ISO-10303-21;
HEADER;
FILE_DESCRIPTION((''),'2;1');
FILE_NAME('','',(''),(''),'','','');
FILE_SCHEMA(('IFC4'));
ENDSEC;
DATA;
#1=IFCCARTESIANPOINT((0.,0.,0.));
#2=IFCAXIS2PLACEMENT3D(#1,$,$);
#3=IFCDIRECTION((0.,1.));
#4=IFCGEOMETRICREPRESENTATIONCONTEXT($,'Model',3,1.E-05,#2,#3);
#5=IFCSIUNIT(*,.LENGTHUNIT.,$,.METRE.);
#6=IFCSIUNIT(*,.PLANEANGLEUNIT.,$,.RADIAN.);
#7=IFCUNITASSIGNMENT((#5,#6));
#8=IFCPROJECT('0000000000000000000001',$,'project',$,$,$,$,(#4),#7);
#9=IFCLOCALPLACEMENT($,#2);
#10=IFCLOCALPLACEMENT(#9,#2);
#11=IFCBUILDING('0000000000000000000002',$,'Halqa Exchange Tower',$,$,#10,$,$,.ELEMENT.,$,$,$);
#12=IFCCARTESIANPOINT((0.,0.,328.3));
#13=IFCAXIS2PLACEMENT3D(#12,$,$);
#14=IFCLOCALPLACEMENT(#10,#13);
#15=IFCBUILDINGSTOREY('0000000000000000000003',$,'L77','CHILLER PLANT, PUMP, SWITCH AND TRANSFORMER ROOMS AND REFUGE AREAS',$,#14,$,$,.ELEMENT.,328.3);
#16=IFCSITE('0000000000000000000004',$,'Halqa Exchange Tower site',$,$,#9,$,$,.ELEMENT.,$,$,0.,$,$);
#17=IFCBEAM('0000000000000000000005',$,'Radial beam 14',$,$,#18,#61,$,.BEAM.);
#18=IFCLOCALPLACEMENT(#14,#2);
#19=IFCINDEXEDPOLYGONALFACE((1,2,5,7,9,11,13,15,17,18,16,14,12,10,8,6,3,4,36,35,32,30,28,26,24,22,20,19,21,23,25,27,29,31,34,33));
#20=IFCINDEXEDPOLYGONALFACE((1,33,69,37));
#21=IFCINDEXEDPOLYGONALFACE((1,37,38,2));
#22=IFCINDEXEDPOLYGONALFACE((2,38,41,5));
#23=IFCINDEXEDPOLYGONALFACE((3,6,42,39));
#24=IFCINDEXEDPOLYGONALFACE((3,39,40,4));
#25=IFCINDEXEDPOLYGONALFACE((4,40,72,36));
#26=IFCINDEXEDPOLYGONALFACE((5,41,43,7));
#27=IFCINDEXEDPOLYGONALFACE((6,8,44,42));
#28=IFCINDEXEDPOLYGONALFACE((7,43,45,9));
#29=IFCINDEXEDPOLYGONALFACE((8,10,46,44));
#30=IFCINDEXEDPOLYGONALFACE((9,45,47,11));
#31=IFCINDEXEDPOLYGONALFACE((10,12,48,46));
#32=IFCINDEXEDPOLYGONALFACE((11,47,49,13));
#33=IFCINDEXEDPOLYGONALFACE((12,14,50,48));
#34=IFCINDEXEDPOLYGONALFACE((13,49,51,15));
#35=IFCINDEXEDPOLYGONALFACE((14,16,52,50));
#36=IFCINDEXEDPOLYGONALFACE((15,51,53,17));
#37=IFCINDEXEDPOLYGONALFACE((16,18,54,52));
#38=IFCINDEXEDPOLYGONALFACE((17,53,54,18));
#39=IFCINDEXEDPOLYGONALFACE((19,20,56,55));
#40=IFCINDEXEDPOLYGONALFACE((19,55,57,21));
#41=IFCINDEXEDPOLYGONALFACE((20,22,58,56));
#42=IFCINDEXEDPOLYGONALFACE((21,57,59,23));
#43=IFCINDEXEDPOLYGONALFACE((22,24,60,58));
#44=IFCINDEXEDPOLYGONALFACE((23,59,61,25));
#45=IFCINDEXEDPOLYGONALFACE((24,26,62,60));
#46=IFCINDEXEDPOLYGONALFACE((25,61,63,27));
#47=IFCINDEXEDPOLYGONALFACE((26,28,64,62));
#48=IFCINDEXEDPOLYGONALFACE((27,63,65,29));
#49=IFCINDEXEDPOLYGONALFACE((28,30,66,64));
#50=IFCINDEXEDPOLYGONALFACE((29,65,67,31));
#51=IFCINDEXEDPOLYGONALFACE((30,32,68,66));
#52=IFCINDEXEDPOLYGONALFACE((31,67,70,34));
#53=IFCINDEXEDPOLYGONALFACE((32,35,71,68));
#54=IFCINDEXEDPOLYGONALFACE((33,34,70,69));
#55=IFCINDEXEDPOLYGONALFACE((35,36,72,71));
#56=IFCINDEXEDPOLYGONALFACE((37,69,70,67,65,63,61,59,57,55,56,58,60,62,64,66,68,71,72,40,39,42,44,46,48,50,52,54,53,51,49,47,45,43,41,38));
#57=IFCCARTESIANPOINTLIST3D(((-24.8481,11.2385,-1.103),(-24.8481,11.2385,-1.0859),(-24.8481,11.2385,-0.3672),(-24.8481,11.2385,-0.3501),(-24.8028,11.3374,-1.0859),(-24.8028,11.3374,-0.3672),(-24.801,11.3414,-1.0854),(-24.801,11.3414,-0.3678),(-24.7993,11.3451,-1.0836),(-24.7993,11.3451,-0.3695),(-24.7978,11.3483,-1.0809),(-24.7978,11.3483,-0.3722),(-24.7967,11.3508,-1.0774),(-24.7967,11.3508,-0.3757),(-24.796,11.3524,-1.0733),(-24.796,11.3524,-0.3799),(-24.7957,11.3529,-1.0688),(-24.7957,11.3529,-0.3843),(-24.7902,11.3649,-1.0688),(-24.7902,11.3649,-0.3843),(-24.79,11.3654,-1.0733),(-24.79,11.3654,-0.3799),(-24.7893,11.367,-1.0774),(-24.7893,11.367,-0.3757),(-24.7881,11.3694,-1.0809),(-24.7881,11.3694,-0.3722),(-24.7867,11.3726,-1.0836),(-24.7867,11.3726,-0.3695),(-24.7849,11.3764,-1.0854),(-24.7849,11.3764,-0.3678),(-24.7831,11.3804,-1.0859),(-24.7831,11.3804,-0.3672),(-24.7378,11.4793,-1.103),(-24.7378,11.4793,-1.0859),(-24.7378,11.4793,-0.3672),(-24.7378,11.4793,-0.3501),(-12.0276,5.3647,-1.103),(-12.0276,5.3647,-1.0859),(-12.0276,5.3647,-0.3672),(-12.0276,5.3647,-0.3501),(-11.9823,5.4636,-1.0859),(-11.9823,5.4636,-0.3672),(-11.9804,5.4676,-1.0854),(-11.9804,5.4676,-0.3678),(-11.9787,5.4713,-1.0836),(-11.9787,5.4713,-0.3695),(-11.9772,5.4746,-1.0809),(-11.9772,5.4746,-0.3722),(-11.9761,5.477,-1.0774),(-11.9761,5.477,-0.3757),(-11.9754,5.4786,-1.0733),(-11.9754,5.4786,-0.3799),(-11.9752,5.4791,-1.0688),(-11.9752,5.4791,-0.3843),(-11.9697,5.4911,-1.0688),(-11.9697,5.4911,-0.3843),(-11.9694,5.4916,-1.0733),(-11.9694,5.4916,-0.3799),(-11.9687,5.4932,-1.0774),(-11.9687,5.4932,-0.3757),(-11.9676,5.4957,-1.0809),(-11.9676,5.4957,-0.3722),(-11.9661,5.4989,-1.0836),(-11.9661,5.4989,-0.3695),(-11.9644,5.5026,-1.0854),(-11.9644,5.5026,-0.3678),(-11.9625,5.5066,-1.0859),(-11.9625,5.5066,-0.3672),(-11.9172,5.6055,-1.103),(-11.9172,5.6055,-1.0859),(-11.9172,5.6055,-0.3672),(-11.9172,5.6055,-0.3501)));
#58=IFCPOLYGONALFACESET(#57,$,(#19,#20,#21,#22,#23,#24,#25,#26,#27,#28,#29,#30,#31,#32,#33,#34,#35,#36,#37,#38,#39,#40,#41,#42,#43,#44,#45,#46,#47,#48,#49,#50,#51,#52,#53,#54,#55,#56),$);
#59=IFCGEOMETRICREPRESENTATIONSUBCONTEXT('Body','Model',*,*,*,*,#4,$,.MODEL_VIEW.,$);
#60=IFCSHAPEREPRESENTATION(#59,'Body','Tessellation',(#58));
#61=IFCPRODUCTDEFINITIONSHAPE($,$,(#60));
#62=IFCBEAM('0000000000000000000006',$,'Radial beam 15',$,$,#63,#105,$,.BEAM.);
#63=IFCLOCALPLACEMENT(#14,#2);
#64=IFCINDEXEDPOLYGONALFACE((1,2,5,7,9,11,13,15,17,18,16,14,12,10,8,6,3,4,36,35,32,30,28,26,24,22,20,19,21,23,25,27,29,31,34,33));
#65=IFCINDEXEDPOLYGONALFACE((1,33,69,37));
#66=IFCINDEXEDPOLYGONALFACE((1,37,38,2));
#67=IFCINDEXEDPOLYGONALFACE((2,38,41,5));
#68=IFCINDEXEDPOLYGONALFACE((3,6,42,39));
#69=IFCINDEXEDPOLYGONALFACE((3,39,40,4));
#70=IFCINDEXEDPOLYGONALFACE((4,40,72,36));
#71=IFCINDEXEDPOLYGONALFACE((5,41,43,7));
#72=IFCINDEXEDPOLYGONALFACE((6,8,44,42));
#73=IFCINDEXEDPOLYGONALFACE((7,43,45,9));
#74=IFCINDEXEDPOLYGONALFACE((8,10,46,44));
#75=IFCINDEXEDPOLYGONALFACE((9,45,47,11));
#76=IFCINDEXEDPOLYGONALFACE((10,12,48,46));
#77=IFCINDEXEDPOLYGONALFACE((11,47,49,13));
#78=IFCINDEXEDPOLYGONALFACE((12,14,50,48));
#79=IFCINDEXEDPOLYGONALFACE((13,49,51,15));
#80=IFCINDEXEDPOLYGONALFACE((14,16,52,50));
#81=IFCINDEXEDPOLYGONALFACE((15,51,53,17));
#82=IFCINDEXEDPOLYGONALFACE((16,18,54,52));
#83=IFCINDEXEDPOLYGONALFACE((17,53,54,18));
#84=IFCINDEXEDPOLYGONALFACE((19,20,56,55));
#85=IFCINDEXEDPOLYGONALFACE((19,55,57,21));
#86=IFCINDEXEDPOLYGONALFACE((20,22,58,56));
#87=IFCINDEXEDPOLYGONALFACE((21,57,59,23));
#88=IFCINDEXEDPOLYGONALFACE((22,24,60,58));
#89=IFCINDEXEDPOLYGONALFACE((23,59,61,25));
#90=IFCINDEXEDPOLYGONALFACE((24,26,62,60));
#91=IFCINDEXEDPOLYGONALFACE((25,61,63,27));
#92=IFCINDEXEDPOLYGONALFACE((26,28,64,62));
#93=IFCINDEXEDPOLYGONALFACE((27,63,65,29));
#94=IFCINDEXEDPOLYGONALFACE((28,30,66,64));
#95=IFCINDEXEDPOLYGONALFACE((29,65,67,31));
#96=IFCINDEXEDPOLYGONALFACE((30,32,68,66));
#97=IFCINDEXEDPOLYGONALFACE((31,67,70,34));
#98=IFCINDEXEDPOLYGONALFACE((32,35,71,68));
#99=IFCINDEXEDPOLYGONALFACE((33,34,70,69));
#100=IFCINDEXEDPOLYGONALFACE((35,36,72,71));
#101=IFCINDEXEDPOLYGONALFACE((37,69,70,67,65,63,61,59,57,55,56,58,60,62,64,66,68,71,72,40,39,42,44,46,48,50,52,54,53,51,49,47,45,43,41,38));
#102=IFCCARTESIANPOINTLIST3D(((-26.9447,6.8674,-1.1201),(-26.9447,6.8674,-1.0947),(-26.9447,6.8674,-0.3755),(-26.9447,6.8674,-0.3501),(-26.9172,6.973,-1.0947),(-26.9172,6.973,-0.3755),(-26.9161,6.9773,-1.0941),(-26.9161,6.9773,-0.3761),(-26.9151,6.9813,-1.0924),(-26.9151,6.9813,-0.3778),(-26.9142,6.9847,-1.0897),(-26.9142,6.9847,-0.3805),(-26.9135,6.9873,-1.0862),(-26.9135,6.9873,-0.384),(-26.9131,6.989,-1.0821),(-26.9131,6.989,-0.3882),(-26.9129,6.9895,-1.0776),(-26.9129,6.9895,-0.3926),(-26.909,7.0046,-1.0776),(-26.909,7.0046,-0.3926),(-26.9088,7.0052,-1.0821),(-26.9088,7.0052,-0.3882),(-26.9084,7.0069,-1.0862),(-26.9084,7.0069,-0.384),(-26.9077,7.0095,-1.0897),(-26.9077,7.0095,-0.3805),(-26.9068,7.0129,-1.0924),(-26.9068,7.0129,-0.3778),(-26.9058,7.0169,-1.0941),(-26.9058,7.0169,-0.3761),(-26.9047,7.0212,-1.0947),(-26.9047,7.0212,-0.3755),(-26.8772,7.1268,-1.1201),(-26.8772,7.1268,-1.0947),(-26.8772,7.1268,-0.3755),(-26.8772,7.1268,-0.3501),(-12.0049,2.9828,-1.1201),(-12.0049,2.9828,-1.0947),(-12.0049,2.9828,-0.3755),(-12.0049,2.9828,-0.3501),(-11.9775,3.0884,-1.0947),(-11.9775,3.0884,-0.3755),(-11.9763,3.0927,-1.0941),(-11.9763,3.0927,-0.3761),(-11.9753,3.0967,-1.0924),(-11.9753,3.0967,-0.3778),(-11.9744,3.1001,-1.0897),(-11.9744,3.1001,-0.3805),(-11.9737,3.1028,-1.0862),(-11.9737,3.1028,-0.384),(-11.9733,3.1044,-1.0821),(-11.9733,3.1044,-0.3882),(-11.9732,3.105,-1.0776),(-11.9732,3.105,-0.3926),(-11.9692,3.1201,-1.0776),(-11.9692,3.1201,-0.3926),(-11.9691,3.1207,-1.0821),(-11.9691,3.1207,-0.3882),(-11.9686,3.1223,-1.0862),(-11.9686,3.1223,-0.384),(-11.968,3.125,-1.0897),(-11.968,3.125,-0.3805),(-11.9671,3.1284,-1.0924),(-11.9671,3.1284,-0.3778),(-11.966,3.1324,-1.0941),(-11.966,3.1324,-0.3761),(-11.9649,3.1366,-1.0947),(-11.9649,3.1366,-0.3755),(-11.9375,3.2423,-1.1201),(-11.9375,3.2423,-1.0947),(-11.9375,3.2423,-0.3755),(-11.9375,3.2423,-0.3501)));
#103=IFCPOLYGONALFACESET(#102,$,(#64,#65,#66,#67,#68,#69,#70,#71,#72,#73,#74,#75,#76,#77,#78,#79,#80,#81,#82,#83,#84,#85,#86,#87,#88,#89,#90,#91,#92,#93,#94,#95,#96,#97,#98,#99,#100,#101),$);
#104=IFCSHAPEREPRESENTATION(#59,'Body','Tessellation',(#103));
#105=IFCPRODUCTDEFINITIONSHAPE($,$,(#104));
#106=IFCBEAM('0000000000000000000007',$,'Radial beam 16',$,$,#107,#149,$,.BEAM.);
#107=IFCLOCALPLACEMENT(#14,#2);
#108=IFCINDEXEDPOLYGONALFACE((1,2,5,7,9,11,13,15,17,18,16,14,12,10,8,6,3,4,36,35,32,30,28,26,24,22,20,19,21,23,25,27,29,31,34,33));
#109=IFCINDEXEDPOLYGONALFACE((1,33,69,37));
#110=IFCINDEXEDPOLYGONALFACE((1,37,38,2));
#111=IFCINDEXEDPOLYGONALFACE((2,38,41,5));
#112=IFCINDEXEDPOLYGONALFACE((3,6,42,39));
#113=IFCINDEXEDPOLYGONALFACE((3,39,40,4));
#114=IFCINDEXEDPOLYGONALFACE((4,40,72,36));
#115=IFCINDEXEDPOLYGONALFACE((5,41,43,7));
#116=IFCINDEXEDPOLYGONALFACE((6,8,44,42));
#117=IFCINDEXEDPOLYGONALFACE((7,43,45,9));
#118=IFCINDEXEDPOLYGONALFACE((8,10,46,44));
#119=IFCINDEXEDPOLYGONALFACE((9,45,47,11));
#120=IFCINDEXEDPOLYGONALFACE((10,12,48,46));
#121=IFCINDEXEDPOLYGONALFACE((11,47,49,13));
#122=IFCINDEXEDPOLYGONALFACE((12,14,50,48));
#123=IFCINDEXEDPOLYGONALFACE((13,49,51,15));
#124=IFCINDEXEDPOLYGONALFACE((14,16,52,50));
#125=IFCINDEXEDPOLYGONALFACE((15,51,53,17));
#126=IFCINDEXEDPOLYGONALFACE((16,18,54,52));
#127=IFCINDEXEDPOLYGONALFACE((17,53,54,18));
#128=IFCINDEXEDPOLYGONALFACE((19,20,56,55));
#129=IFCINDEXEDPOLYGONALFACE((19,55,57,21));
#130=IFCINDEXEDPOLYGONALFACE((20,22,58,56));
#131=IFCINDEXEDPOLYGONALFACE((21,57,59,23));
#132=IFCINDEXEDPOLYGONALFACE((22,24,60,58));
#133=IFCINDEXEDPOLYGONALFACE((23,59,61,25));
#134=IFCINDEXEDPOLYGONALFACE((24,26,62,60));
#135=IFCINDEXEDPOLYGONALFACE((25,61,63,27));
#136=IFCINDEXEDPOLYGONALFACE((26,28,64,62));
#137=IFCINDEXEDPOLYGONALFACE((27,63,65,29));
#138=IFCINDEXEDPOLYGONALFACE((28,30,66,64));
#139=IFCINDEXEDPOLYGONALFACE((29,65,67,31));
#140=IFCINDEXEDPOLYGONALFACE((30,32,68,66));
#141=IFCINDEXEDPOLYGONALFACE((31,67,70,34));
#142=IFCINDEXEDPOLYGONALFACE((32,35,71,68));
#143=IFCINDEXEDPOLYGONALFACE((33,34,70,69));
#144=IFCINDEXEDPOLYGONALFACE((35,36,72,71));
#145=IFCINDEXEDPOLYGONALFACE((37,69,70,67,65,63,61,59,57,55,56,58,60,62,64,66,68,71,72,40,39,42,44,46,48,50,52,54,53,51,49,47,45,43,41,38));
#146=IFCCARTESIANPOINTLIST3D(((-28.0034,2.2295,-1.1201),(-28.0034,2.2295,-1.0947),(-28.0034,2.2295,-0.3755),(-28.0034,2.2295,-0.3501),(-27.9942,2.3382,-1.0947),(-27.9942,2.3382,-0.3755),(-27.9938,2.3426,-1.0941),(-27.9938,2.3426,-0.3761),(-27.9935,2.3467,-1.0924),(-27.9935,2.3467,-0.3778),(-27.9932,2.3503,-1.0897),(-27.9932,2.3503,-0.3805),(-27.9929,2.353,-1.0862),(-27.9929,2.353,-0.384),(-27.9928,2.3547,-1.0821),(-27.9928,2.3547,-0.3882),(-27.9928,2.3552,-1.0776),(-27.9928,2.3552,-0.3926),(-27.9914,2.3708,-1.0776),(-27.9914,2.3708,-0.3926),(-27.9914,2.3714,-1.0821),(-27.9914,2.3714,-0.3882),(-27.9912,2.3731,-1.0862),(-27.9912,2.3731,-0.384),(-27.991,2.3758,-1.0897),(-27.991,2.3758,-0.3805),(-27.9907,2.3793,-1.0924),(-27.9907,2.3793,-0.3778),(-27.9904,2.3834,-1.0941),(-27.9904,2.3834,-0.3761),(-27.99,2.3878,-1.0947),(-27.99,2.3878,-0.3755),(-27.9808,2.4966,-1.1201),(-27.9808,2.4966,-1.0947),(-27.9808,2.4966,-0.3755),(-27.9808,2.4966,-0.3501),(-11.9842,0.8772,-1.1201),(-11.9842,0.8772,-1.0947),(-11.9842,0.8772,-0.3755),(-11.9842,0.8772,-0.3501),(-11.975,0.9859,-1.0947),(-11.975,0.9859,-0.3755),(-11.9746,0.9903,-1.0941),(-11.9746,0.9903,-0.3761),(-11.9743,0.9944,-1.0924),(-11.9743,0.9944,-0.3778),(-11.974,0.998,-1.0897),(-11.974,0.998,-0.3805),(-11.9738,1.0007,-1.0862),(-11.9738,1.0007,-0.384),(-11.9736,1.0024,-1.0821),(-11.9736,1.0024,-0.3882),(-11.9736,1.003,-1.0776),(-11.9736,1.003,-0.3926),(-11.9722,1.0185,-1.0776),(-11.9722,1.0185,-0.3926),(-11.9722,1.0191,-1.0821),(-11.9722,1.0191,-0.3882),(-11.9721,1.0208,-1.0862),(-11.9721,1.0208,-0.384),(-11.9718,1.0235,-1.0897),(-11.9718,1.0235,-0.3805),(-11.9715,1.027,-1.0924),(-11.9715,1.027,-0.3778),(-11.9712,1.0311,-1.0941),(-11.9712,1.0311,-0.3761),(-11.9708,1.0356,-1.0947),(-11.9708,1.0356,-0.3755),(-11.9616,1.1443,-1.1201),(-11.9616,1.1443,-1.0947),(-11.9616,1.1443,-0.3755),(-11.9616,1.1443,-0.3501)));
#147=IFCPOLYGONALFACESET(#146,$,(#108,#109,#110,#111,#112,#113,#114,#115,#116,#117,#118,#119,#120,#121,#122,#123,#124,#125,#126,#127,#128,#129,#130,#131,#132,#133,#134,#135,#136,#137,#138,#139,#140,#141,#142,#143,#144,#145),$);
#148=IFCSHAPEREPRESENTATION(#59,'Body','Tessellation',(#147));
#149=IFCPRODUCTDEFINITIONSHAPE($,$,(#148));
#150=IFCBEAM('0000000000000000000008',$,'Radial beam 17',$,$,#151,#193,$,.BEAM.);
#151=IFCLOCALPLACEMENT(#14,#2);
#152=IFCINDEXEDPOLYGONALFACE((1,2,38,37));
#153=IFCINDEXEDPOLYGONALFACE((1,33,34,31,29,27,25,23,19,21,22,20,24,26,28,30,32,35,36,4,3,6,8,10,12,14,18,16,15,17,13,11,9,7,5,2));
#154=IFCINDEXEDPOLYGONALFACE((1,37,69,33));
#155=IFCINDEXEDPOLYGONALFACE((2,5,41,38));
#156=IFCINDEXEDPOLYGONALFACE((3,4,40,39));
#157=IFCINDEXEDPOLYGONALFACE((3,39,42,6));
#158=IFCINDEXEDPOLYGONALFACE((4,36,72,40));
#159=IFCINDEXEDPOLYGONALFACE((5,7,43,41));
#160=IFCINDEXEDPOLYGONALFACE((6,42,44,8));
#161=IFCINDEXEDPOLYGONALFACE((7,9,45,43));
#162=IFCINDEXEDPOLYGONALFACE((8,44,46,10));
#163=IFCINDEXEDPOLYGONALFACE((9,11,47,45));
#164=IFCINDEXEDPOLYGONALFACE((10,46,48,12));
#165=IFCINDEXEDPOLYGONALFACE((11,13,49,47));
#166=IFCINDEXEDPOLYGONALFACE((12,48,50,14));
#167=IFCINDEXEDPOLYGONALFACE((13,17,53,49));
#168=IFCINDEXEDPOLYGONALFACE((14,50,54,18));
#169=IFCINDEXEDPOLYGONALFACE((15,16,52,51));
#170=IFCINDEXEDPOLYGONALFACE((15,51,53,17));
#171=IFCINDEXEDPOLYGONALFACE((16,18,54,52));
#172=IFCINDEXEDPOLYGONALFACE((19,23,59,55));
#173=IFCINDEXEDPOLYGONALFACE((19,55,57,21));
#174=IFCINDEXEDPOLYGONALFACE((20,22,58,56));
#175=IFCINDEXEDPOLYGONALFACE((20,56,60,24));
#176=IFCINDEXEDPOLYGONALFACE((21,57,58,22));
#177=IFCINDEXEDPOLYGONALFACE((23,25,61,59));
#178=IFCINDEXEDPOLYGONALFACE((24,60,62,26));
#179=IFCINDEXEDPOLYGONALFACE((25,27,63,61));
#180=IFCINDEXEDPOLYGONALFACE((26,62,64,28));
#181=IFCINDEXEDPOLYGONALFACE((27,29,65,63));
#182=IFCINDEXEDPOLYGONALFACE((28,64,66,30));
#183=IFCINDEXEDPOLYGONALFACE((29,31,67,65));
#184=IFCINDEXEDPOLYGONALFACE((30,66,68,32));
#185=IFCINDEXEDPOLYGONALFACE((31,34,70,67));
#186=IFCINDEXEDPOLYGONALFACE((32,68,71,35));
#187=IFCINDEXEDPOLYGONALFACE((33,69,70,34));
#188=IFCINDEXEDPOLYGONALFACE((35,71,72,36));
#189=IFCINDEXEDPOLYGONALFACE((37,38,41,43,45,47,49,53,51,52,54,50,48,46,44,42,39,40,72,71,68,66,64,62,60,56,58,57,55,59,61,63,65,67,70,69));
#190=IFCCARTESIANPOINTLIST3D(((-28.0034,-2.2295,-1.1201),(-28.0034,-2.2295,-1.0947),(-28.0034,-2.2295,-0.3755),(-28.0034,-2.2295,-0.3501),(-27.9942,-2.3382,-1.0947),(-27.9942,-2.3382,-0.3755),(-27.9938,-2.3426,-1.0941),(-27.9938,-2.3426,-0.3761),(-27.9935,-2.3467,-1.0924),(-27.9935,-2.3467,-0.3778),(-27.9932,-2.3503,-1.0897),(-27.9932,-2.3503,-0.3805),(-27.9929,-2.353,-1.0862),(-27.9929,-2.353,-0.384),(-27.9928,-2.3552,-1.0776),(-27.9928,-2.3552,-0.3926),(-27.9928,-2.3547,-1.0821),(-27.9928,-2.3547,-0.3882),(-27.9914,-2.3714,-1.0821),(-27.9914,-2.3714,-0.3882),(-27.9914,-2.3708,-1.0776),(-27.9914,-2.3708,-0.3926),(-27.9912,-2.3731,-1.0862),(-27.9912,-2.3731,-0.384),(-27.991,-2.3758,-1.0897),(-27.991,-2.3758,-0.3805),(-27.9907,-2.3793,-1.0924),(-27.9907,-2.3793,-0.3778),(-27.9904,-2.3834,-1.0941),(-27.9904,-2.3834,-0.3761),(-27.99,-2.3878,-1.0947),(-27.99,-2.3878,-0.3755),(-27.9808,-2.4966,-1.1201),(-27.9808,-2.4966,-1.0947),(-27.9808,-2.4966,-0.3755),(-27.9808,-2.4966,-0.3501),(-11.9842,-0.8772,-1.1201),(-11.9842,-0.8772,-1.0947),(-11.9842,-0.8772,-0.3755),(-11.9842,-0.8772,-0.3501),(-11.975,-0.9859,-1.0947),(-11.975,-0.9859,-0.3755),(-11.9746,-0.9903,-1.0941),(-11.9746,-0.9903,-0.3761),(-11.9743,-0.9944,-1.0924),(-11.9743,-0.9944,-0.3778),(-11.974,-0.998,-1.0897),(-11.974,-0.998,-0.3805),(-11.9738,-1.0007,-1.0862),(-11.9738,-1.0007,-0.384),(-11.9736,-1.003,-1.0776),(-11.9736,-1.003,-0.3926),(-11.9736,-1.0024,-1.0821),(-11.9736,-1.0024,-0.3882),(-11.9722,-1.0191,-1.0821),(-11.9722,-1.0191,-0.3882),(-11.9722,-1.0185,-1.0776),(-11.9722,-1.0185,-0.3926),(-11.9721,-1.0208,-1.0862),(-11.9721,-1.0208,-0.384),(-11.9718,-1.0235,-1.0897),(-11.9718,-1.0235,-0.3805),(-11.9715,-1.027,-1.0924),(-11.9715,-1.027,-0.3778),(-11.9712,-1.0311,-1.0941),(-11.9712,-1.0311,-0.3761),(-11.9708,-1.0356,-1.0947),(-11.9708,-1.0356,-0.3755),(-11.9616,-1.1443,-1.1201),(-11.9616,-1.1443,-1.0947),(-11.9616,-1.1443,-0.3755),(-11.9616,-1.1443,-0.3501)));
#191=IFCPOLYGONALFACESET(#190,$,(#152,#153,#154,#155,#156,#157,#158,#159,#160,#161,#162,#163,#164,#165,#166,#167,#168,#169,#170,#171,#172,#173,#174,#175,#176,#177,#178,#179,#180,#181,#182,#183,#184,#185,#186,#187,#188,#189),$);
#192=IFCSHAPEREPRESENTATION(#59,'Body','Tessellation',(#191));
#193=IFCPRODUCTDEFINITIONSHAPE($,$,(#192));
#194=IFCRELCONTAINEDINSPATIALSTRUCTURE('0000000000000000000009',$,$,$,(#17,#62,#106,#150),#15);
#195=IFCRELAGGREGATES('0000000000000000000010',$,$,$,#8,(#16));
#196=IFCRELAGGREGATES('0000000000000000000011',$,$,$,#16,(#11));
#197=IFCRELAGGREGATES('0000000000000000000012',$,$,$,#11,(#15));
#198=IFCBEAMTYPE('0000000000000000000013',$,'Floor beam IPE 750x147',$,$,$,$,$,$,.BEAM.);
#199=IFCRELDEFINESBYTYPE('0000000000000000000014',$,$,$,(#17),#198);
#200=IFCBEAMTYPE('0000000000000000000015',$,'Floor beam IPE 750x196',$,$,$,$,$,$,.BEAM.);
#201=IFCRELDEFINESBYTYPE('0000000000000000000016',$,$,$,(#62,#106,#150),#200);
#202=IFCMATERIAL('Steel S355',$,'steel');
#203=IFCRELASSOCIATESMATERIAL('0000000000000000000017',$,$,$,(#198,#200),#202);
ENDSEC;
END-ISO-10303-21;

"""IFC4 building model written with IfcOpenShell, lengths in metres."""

from ifc_helpers import new_model, si_unit, direction, frame, origin, origin_2d, place, context, subcontext, project, spatial, i_section, extrude, material, material_profile, profile_set, type_object, element, save


model = new_model("IFC4")

# Units and contexts
model_context = context("Model", 3, precision=1e-05, world=origin(), true_north=direction((0.0, 1.0)))
body_context = subcontext(model_context, "Body", "Model", "MODEL_VIEW")
ifc_project = project(units=[si_unit("LENGTHUNIT", "METRE"), si_unit("PLANEANGLEUNIT", "RADIAN")], contexts=[model_context])

# Site, building, storey
site_placement = place(None, origin())
site = spatial("IfcSite", under=ifc_project, at=site_placement, Name="Halqa Exchange Tower site", CompositionType="ELEMENT", RefElevation=0.0)
building_placement = place(site_placement, origin())
building = spatial("IfcBuilding", under=site, at=building_placement, Name="Halqa Exchange Tower", CompositionType="ELEMENT")
storey_placement = place(building_placement, frame((0.0, 0.0, 328.3)))
storey = spatial("IfcBuildingStorey", under=building, at=storey_placement, Name="L77", Description="CHILLER PLANT, PUMP, SWITCH AND TRANSFORMER ROOMS AND REFUGE AREAS", CompositionType="ELEMENT", Elevation=328.3)

# Beams
ifc_material_1 = material(Name="Steel S355", Category="steel")
ifc_material_profile_1 = material_profile(ifc_material_1, i_section(OverallWidth=0.2649, OverallDepth=0.7529, WebThickness=0.0132, FlangeThickness=0.0171, FilletRadius=0.0171, at=origin_2d()), Name="IPE 750x147")
ifc_profile_set_1 = profile_set([ifc_material_profile_1], Name="Steel S355")
beam_type_1 = type_object("IfcBeamType", Name="Floor beam IPE 750x147", PredefinedType="BEAM", material=ifc_profile_set_1)
beam_1_placement = place(storey_placement, frame((-11.9724, 5.4851, -0.7266), z_axis=(-0.909127, 0.416519, 0.0), x_axis=(-0.416519, -0.909127, 0.0)))
element("IfcBeam", 1, at=beam_1_placement, inside=storey, type_object=beam_type_1, Name="Radial beam 14", PredefinedType="BEAM", context=body_context, shape_type="SweptSolid", body=[
    extrude(i_section(OverallWidth=0.2649, OverallDepth=0.7529, WebThickness=0.0132, FlangeThickness=0.0171, FilletRadius=0.0171, at=origin_2d()), origin(), (0.0, 0.0, 1.0), 14.1021),
])
ifc_material_profile_2 = material_profile(ifc_material_1, i_section(OverallWidth=0.2681, OverallDepth=0.77, WebThickness=0.0156, FlangeThickness=0.0254, FilletRadius=0.0171, at=origin_2d()), Name="IPE 750x196")
ifc_profile_set_2 = profile_set([ifc_material_profile_2], Name="Steel S355")
beam_type_2 = type_object("IfcBeamType", Name="Floor beam IPE 750x196", PredefinedType="BEAM", material=ifc_profile_set_2)
beam_2_placement = place(storey_placement, frame((-11.9712, 3.1125, -0.7351), z_axis=(-0.967819, 0.251646, 0.0), x_axis=(-0.251646, -0.967819, 0.0)))
element("IfcBeam", 2, at=beam_2_placement, inside=storey, type_object=beam_type_2, Name="Radial beam 15", PredefinedType="BEAM", context=body_context, shape_type="SweptSolid", body=[
    extrude(i_section(OverallWidth=0.2681, OverallDepth=0.77, WebThickness=0.0156, FlangeThickness=0.0254, FilletRadius=0.0171, at=origin_2d()), origin(), (0.0, 0.0, 1.0), 15.4365),
])
for number, where, z_axis, x_axis, name in (
    (3, (-11.9729, 1.0107, -0.7351), (-0.996456, 0.084117, 0.0), (-0.084117, -0.996456, 0.0), "Radial beam 16"),
    (4, (-11.9729, -1.0107, -0.7351), (-0.996456, -0.084117, 0.0), (0.084117, -0.996456, 0.0), "Radial beam 17"),
):
    element("IfcBeam", number, at=place(storey_placement, frame(where, z_axis=z_axis, x_axis=x_axis)), inside=storey, type_object=beam_type_2, Name=name, PredefinedType="BEAM", context=body_context, shape_type="SweptSolid", body=[
        extrude(i_section(OverallWidth=0.2681, OverallDepth=0.77, WebThickness=0.0156, FlangeThickness=0.0254, FilletRadius=0.0171, at=origin_2d()), origin(), (0.0, 0.0, 1.0), 16.0762),
    ])

save(model, "model.ifc")
